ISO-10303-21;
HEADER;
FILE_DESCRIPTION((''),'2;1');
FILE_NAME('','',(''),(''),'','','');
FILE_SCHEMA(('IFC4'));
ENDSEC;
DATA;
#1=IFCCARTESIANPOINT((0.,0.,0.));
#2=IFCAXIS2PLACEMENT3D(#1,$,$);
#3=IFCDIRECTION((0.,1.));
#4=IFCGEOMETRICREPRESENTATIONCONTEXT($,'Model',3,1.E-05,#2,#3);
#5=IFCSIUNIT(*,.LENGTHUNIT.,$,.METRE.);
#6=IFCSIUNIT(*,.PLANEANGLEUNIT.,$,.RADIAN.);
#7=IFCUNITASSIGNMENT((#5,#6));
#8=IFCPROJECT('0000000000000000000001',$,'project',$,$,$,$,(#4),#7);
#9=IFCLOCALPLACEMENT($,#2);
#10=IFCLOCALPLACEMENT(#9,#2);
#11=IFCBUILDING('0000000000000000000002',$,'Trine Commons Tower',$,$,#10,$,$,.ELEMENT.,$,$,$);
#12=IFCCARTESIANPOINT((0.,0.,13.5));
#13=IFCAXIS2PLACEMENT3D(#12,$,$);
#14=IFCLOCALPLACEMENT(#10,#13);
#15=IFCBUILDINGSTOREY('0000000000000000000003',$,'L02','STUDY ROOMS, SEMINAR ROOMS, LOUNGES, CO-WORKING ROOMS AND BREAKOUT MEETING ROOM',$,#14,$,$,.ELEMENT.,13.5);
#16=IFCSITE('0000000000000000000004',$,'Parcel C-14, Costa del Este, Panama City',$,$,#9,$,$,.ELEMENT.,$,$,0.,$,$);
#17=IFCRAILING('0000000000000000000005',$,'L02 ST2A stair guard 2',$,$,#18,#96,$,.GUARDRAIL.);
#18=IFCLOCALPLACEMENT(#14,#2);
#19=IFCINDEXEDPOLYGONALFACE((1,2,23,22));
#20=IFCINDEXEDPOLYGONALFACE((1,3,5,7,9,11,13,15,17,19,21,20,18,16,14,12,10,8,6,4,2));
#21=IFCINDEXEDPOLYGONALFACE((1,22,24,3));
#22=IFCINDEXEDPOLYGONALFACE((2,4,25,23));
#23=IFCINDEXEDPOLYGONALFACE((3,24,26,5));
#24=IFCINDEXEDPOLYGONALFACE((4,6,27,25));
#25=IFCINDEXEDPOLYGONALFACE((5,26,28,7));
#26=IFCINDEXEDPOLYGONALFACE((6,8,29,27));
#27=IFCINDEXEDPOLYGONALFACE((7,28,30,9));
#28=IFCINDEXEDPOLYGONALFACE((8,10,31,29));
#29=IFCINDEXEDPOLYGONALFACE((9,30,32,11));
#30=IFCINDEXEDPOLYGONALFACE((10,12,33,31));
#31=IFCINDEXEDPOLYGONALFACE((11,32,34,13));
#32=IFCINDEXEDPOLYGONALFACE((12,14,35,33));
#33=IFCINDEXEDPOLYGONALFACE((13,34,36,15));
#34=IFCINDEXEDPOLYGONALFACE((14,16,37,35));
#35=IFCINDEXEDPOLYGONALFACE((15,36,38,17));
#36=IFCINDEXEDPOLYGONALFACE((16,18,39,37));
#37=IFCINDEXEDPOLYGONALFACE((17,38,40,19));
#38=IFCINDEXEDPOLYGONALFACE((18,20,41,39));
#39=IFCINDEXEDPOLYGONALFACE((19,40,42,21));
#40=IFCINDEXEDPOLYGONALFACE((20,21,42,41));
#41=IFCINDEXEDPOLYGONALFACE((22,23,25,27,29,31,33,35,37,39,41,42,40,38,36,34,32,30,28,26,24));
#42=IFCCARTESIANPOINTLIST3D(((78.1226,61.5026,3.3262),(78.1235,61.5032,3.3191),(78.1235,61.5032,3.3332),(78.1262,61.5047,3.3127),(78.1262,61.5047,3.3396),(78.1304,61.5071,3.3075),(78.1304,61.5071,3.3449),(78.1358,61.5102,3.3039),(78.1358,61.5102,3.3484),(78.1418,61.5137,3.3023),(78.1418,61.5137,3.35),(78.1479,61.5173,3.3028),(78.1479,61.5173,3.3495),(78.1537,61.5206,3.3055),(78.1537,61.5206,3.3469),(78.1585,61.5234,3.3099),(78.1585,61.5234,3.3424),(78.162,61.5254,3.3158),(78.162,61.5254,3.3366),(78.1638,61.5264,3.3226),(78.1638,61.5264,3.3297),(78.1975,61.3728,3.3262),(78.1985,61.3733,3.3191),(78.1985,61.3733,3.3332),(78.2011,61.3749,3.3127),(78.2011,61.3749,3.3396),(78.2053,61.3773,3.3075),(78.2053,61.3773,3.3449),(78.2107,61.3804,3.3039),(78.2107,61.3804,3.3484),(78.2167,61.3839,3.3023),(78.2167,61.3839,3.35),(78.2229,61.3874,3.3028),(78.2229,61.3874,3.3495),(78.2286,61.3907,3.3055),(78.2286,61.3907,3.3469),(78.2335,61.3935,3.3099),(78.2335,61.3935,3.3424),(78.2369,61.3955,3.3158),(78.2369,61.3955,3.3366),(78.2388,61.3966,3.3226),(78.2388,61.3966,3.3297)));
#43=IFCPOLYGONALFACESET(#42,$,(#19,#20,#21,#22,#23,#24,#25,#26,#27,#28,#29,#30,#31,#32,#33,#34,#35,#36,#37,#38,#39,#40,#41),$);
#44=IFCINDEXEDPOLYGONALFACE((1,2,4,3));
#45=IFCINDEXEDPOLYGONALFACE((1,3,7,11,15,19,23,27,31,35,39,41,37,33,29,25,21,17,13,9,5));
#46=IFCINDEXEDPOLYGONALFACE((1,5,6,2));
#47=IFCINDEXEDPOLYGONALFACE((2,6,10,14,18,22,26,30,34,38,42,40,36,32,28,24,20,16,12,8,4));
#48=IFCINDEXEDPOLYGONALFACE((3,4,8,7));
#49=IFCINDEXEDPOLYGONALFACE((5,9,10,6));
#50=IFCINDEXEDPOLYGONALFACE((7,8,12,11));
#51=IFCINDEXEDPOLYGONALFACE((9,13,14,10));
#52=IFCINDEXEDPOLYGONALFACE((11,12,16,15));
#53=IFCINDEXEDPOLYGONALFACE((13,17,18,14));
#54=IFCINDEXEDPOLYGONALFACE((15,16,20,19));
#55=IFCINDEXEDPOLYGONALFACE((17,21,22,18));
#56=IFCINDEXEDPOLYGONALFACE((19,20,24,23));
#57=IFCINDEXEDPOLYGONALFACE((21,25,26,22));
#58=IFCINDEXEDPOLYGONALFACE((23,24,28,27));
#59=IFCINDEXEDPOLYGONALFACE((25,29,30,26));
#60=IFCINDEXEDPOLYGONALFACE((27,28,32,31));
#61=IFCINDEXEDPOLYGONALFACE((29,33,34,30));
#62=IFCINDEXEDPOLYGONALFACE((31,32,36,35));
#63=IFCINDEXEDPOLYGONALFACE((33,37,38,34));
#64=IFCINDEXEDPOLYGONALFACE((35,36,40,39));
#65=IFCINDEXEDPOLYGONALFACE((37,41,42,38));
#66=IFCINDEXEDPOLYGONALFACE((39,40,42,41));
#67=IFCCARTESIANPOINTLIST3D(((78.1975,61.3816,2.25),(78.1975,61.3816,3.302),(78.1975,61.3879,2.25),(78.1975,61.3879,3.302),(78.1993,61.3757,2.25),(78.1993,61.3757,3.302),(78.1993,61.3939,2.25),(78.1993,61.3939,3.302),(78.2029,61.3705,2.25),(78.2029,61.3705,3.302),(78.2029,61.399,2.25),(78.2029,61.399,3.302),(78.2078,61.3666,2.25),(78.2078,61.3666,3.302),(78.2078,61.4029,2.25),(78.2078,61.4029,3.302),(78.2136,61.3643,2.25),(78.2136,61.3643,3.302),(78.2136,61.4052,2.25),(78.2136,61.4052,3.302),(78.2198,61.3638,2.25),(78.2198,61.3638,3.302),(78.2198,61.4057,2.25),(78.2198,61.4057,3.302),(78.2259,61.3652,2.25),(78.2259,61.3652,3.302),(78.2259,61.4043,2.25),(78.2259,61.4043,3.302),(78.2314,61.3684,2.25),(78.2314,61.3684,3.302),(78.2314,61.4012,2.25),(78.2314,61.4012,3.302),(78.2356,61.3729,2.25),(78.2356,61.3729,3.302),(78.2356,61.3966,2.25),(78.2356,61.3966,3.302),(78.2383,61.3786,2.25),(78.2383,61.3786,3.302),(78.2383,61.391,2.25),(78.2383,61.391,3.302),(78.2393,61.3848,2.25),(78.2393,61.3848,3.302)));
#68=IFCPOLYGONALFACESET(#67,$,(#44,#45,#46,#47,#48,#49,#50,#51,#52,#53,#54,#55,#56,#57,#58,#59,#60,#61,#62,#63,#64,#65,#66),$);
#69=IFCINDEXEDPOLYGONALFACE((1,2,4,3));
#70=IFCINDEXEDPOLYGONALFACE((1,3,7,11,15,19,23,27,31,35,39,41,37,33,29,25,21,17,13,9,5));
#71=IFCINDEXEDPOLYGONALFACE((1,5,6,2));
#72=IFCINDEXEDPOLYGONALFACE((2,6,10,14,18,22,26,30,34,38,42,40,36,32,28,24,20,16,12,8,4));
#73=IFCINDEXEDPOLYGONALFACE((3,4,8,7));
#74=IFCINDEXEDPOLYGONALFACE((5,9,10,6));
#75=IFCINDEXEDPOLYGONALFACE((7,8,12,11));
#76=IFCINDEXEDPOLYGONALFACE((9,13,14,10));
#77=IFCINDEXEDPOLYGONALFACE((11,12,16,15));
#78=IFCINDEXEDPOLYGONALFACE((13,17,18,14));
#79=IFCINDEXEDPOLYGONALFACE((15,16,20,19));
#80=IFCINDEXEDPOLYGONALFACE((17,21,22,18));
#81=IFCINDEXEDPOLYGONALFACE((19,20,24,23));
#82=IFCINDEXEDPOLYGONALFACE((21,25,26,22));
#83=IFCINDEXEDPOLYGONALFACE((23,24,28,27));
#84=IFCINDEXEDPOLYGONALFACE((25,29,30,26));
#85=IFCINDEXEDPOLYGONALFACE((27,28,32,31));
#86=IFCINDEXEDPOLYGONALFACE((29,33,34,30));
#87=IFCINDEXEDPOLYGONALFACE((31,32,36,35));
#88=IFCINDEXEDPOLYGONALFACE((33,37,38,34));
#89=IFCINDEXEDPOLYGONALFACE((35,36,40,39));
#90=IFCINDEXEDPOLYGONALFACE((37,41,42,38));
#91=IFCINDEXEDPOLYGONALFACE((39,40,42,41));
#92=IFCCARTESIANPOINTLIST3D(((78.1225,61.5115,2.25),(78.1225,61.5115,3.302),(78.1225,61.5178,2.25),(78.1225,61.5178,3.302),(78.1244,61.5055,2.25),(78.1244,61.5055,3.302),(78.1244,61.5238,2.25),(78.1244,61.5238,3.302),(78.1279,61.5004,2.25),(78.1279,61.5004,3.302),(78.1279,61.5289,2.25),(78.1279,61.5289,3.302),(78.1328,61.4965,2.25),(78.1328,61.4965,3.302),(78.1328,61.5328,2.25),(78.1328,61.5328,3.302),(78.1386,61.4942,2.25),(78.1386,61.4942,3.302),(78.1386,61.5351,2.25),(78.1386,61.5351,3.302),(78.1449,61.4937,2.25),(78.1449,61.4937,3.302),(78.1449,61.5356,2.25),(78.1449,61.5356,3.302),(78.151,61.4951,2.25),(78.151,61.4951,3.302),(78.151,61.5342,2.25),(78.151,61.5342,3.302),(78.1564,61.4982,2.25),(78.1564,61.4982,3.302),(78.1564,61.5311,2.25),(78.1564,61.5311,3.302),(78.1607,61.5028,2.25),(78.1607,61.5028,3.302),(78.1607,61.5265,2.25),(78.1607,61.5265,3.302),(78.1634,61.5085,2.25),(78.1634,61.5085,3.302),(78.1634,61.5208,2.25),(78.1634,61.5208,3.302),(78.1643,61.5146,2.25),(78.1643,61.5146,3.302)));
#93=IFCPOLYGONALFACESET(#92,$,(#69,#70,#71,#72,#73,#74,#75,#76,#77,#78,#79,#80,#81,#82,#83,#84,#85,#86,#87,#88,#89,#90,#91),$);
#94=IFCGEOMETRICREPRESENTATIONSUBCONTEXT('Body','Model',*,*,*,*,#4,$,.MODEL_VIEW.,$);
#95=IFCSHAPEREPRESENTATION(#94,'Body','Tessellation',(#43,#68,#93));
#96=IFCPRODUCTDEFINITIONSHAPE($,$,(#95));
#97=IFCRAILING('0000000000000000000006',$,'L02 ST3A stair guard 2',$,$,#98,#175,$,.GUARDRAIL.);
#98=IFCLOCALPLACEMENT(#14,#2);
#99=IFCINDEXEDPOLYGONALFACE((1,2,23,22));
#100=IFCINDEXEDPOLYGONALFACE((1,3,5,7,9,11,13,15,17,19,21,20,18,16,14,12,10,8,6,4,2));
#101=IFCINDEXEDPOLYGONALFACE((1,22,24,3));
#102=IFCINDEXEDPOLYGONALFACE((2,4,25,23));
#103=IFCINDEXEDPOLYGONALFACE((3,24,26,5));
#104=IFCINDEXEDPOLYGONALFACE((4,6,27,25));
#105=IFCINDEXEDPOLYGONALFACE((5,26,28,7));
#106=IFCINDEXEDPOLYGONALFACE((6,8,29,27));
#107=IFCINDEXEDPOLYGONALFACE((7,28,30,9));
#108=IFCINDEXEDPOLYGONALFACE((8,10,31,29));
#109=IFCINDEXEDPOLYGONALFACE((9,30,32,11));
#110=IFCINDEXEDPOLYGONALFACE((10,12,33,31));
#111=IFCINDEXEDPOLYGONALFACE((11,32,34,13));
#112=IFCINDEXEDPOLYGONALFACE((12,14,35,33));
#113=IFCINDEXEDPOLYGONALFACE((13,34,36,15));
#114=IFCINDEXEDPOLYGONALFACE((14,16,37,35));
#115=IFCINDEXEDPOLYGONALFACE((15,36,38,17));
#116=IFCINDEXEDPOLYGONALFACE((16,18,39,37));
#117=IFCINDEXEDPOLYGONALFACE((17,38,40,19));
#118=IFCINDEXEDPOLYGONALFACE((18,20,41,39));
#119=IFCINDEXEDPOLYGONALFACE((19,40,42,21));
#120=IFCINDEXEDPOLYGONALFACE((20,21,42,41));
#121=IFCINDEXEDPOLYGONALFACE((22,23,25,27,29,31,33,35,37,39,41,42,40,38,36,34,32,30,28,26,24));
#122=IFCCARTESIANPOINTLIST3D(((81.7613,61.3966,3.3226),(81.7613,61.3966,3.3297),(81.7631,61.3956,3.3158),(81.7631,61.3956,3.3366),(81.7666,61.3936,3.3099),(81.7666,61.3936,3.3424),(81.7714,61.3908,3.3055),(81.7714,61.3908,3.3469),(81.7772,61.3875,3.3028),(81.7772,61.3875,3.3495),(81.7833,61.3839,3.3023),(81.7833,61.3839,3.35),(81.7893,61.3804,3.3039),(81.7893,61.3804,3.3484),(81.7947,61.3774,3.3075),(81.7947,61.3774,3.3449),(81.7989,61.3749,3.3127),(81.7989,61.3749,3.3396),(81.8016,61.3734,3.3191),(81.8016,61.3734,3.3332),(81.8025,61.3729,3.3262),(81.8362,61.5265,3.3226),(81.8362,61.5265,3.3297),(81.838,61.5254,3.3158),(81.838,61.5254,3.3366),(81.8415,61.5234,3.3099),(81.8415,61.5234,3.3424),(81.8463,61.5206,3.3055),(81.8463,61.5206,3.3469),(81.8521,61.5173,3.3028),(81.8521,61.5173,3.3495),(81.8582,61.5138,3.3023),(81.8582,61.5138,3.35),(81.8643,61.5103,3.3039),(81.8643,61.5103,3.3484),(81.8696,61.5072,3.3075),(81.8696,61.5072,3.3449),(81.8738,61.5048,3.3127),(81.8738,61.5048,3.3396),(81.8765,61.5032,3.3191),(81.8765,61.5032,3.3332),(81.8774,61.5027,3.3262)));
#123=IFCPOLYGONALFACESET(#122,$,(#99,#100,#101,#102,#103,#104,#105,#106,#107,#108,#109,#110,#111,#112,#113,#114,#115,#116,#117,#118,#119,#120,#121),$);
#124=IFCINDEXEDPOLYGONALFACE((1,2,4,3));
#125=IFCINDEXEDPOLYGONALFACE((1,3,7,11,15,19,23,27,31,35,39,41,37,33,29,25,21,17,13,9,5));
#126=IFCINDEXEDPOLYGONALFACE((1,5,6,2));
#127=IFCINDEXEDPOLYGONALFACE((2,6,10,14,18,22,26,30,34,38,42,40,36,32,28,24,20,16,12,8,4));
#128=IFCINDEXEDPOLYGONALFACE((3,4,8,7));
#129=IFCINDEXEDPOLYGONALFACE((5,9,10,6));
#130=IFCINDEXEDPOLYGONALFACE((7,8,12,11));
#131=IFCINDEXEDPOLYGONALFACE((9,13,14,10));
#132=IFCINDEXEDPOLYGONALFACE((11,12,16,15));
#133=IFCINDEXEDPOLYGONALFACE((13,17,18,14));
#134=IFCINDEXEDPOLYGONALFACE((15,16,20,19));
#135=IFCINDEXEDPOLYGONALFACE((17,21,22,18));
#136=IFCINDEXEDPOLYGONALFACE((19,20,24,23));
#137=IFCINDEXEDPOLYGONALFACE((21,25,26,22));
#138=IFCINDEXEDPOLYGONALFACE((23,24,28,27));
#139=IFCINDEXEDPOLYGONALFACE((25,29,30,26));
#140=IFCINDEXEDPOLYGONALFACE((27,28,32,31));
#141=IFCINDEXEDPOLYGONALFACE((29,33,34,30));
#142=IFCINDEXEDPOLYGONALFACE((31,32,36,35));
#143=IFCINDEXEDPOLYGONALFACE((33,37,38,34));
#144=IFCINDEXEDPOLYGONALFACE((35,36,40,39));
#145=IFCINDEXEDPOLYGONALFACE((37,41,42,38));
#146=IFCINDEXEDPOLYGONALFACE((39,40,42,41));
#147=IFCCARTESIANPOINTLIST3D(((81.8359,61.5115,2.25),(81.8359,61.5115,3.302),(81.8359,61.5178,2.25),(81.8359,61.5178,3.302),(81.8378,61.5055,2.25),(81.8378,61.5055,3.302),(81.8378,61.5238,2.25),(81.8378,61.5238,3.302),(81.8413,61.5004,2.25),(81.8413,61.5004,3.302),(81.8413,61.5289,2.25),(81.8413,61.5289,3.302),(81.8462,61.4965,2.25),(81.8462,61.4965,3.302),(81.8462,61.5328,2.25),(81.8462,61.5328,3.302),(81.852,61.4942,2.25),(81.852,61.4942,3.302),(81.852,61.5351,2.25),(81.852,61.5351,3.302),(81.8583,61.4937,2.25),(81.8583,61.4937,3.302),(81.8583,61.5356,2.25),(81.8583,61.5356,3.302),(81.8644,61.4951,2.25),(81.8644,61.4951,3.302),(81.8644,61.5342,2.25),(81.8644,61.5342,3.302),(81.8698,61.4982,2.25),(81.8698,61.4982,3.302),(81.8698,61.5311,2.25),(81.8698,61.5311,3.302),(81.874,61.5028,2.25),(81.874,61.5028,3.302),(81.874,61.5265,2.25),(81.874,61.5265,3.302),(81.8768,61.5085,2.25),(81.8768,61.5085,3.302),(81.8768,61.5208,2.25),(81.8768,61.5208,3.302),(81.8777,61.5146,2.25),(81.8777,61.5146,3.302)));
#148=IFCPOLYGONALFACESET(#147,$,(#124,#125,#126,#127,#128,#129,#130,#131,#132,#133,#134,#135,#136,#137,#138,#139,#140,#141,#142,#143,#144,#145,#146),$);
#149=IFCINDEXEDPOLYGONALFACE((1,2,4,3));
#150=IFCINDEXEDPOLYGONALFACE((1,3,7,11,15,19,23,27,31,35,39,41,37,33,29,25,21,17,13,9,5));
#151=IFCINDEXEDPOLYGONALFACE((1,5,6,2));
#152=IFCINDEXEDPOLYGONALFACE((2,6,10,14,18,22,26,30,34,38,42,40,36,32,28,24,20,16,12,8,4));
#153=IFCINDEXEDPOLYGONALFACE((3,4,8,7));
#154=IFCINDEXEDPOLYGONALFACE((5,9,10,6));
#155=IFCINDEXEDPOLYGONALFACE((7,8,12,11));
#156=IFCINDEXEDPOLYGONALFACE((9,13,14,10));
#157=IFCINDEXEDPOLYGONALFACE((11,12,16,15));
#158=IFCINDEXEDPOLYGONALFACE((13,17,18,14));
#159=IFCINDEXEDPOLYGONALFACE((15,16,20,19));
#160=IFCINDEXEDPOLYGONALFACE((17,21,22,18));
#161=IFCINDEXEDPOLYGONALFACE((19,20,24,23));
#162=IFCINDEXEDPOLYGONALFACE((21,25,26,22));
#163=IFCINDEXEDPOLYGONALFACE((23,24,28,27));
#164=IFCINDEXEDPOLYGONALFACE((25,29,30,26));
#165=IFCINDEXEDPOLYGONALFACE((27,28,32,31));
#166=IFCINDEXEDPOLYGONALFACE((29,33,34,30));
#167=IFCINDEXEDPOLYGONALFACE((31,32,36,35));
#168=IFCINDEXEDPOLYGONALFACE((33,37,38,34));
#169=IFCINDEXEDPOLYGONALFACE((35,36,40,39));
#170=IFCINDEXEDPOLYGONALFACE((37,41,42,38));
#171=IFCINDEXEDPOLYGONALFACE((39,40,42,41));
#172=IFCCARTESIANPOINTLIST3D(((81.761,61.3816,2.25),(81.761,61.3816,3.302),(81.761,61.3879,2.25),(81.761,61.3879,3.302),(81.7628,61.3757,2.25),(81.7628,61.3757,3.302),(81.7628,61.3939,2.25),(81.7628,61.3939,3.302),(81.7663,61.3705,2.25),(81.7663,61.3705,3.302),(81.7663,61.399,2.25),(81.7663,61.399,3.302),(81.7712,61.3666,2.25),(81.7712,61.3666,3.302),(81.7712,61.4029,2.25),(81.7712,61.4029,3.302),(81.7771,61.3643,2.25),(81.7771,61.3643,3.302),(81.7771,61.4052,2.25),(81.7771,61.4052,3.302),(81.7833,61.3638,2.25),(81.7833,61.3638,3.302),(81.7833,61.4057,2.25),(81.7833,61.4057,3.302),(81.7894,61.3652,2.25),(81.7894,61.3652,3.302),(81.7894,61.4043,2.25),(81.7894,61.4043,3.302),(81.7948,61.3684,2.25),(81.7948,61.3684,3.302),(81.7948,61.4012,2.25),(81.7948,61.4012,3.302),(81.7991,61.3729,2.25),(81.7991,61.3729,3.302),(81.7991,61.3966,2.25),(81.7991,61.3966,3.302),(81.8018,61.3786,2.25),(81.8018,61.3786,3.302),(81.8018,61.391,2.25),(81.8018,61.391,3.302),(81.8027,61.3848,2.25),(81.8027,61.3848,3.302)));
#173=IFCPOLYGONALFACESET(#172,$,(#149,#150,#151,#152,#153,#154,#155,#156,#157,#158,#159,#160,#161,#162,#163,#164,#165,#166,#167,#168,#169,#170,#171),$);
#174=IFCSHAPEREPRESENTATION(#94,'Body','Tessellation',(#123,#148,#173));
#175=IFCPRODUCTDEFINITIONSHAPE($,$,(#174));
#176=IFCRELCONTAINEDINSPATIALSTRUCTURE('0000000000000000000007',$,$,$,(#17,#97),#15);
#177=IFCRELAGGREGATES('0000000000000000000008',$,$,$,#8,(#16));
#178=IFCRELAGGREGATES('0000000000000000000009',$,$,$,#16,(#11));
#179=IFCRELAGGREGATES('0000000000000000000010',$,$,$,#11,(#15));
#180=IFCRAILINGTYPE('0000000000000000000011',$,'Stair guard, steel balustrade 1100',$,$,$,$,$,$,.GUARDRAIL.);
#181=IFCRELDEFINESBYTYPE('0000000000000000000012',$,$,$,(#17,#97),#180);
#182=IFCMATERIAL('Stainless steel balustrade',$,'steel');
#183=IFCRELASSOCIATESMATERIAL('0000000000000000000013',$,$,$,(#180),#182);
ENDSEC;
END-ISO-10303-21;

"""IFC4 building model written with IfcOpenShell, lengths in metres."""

from ifc_helpers import new_model, si_unit, direction, frame, origin, origin_2d, place, context, subcontext, project, spatial, circle, extrude, material, type_object, element, save


model = new_model("IFC4")

# Units and contexts
model_context = context("Model", 3, precision=1e-05, world=origin(), true_north=direction((0.0, 1.0)))
body_context = subcontext(model_context, "Body", "Model", "MODEL_VIEW")
ifc_project = project(units=[si_unit("LENGTHUNIT", "METRE"), si_unit("PLANEANGLEUNIT", "RADIAN")], contexts=[model_context])

# Site, building, storey
site_placement = place(None, origin())
site = spatial("IfcSite", under=ifc_project, at=site_placement, Name="Parcel C-14, Costa del Este, Panama City", CompositionType="ELEMENT", RefElevation=0.0)
building_placement = place(site_placement, origin())
building = spatial("IfcBuilding", under=site, at=building_placement, Name="Trine Commons Tower", CompositionType="ELEMENT")
storey_placement = place(building_placement, frame((0.0, 0.0, 13.5)))
storey = spatial("IfcBuildingStorey", under=building, at=storey_placement, Name="L02", Description="STUDY ROOMS, SEMINAR ROOMS, LOUNGES, CO-WORKING ROOMS AND BREAKOUT MEETING ROOM", CompositionType="ELEMENT", Elevation=13.5)

# Railings
ifc_material_1 = material(Name="Stainless steel balustrade", Category="steel")
railing_type_1 = type_object("IfcRailingType", Name="Stair guard, steel balustrade 1100", PredefinedType="GUARDRAIL", material=ifc_material_1)
railing_1_placement = place(storey_placement, frame((78.2183, 61.3848, 2.25)))
element("IfcRailing", 1, at=railing_1_placement, inside=storey, type_object=railing_type_1, Name="L02 ST2A stair guard 2", PredefinedType="GUARDRAIL", context=body_context, shape_type="SweptSolid", body=[
    extrude(circle(Radius=0.0239, at=origin_2d()), frame((0.0, 0.0, 1.0762), z_axis=(-0.499816, 0.866131, 0.0), x_axis=(-0.866131, -0.499816, 0.0)), (0.0, 0.0, 1.0), 0.1499),
    extrude(circle(Radius=0.021, at=origin_2d()), origin(), (0.0, 0.0, 1.0), 1.052),
    extrude(circle(Radius=0.021, at=origin_2d()), frame((-0.075, 0.1299, 0.0)), (0.0, 0.0, 1.0), 1.052),
])
railing_2_placement = place(storey_placement, frame((81.8567, 61.5146, 2.25)))
element("IfcRailing", 2, at=railing_2_placement, inside=storey, type_object=railing_type_1, Name="L02 ST3A stair guard 2", PredefinedType="GUARDRAIL", context=body_context, shape_type="SweptSolid", body=[
    extrude(circle(Radius=0.0239, at=origin_2d()), frame((0.0, 0.0, 1.0762), z_axis=(-0.499816, -0.866131, 0.0), x_axis=(0.866131, -0.499816, 0.0)), (0.0, 0.0, 1.0), 0.1499),
    extrude(circle(Radius=0.021, at=origin_2d()), origin(), (0.0, 0.0, 1.0), 1.052),
    extrude(circle(Radius=0.021, at=origin_2d()), frame((-0.075, -0.1299, 0.0)), (0.0, 0.0, 1.0), 1.052),
])

save(model, "model.ifc")
